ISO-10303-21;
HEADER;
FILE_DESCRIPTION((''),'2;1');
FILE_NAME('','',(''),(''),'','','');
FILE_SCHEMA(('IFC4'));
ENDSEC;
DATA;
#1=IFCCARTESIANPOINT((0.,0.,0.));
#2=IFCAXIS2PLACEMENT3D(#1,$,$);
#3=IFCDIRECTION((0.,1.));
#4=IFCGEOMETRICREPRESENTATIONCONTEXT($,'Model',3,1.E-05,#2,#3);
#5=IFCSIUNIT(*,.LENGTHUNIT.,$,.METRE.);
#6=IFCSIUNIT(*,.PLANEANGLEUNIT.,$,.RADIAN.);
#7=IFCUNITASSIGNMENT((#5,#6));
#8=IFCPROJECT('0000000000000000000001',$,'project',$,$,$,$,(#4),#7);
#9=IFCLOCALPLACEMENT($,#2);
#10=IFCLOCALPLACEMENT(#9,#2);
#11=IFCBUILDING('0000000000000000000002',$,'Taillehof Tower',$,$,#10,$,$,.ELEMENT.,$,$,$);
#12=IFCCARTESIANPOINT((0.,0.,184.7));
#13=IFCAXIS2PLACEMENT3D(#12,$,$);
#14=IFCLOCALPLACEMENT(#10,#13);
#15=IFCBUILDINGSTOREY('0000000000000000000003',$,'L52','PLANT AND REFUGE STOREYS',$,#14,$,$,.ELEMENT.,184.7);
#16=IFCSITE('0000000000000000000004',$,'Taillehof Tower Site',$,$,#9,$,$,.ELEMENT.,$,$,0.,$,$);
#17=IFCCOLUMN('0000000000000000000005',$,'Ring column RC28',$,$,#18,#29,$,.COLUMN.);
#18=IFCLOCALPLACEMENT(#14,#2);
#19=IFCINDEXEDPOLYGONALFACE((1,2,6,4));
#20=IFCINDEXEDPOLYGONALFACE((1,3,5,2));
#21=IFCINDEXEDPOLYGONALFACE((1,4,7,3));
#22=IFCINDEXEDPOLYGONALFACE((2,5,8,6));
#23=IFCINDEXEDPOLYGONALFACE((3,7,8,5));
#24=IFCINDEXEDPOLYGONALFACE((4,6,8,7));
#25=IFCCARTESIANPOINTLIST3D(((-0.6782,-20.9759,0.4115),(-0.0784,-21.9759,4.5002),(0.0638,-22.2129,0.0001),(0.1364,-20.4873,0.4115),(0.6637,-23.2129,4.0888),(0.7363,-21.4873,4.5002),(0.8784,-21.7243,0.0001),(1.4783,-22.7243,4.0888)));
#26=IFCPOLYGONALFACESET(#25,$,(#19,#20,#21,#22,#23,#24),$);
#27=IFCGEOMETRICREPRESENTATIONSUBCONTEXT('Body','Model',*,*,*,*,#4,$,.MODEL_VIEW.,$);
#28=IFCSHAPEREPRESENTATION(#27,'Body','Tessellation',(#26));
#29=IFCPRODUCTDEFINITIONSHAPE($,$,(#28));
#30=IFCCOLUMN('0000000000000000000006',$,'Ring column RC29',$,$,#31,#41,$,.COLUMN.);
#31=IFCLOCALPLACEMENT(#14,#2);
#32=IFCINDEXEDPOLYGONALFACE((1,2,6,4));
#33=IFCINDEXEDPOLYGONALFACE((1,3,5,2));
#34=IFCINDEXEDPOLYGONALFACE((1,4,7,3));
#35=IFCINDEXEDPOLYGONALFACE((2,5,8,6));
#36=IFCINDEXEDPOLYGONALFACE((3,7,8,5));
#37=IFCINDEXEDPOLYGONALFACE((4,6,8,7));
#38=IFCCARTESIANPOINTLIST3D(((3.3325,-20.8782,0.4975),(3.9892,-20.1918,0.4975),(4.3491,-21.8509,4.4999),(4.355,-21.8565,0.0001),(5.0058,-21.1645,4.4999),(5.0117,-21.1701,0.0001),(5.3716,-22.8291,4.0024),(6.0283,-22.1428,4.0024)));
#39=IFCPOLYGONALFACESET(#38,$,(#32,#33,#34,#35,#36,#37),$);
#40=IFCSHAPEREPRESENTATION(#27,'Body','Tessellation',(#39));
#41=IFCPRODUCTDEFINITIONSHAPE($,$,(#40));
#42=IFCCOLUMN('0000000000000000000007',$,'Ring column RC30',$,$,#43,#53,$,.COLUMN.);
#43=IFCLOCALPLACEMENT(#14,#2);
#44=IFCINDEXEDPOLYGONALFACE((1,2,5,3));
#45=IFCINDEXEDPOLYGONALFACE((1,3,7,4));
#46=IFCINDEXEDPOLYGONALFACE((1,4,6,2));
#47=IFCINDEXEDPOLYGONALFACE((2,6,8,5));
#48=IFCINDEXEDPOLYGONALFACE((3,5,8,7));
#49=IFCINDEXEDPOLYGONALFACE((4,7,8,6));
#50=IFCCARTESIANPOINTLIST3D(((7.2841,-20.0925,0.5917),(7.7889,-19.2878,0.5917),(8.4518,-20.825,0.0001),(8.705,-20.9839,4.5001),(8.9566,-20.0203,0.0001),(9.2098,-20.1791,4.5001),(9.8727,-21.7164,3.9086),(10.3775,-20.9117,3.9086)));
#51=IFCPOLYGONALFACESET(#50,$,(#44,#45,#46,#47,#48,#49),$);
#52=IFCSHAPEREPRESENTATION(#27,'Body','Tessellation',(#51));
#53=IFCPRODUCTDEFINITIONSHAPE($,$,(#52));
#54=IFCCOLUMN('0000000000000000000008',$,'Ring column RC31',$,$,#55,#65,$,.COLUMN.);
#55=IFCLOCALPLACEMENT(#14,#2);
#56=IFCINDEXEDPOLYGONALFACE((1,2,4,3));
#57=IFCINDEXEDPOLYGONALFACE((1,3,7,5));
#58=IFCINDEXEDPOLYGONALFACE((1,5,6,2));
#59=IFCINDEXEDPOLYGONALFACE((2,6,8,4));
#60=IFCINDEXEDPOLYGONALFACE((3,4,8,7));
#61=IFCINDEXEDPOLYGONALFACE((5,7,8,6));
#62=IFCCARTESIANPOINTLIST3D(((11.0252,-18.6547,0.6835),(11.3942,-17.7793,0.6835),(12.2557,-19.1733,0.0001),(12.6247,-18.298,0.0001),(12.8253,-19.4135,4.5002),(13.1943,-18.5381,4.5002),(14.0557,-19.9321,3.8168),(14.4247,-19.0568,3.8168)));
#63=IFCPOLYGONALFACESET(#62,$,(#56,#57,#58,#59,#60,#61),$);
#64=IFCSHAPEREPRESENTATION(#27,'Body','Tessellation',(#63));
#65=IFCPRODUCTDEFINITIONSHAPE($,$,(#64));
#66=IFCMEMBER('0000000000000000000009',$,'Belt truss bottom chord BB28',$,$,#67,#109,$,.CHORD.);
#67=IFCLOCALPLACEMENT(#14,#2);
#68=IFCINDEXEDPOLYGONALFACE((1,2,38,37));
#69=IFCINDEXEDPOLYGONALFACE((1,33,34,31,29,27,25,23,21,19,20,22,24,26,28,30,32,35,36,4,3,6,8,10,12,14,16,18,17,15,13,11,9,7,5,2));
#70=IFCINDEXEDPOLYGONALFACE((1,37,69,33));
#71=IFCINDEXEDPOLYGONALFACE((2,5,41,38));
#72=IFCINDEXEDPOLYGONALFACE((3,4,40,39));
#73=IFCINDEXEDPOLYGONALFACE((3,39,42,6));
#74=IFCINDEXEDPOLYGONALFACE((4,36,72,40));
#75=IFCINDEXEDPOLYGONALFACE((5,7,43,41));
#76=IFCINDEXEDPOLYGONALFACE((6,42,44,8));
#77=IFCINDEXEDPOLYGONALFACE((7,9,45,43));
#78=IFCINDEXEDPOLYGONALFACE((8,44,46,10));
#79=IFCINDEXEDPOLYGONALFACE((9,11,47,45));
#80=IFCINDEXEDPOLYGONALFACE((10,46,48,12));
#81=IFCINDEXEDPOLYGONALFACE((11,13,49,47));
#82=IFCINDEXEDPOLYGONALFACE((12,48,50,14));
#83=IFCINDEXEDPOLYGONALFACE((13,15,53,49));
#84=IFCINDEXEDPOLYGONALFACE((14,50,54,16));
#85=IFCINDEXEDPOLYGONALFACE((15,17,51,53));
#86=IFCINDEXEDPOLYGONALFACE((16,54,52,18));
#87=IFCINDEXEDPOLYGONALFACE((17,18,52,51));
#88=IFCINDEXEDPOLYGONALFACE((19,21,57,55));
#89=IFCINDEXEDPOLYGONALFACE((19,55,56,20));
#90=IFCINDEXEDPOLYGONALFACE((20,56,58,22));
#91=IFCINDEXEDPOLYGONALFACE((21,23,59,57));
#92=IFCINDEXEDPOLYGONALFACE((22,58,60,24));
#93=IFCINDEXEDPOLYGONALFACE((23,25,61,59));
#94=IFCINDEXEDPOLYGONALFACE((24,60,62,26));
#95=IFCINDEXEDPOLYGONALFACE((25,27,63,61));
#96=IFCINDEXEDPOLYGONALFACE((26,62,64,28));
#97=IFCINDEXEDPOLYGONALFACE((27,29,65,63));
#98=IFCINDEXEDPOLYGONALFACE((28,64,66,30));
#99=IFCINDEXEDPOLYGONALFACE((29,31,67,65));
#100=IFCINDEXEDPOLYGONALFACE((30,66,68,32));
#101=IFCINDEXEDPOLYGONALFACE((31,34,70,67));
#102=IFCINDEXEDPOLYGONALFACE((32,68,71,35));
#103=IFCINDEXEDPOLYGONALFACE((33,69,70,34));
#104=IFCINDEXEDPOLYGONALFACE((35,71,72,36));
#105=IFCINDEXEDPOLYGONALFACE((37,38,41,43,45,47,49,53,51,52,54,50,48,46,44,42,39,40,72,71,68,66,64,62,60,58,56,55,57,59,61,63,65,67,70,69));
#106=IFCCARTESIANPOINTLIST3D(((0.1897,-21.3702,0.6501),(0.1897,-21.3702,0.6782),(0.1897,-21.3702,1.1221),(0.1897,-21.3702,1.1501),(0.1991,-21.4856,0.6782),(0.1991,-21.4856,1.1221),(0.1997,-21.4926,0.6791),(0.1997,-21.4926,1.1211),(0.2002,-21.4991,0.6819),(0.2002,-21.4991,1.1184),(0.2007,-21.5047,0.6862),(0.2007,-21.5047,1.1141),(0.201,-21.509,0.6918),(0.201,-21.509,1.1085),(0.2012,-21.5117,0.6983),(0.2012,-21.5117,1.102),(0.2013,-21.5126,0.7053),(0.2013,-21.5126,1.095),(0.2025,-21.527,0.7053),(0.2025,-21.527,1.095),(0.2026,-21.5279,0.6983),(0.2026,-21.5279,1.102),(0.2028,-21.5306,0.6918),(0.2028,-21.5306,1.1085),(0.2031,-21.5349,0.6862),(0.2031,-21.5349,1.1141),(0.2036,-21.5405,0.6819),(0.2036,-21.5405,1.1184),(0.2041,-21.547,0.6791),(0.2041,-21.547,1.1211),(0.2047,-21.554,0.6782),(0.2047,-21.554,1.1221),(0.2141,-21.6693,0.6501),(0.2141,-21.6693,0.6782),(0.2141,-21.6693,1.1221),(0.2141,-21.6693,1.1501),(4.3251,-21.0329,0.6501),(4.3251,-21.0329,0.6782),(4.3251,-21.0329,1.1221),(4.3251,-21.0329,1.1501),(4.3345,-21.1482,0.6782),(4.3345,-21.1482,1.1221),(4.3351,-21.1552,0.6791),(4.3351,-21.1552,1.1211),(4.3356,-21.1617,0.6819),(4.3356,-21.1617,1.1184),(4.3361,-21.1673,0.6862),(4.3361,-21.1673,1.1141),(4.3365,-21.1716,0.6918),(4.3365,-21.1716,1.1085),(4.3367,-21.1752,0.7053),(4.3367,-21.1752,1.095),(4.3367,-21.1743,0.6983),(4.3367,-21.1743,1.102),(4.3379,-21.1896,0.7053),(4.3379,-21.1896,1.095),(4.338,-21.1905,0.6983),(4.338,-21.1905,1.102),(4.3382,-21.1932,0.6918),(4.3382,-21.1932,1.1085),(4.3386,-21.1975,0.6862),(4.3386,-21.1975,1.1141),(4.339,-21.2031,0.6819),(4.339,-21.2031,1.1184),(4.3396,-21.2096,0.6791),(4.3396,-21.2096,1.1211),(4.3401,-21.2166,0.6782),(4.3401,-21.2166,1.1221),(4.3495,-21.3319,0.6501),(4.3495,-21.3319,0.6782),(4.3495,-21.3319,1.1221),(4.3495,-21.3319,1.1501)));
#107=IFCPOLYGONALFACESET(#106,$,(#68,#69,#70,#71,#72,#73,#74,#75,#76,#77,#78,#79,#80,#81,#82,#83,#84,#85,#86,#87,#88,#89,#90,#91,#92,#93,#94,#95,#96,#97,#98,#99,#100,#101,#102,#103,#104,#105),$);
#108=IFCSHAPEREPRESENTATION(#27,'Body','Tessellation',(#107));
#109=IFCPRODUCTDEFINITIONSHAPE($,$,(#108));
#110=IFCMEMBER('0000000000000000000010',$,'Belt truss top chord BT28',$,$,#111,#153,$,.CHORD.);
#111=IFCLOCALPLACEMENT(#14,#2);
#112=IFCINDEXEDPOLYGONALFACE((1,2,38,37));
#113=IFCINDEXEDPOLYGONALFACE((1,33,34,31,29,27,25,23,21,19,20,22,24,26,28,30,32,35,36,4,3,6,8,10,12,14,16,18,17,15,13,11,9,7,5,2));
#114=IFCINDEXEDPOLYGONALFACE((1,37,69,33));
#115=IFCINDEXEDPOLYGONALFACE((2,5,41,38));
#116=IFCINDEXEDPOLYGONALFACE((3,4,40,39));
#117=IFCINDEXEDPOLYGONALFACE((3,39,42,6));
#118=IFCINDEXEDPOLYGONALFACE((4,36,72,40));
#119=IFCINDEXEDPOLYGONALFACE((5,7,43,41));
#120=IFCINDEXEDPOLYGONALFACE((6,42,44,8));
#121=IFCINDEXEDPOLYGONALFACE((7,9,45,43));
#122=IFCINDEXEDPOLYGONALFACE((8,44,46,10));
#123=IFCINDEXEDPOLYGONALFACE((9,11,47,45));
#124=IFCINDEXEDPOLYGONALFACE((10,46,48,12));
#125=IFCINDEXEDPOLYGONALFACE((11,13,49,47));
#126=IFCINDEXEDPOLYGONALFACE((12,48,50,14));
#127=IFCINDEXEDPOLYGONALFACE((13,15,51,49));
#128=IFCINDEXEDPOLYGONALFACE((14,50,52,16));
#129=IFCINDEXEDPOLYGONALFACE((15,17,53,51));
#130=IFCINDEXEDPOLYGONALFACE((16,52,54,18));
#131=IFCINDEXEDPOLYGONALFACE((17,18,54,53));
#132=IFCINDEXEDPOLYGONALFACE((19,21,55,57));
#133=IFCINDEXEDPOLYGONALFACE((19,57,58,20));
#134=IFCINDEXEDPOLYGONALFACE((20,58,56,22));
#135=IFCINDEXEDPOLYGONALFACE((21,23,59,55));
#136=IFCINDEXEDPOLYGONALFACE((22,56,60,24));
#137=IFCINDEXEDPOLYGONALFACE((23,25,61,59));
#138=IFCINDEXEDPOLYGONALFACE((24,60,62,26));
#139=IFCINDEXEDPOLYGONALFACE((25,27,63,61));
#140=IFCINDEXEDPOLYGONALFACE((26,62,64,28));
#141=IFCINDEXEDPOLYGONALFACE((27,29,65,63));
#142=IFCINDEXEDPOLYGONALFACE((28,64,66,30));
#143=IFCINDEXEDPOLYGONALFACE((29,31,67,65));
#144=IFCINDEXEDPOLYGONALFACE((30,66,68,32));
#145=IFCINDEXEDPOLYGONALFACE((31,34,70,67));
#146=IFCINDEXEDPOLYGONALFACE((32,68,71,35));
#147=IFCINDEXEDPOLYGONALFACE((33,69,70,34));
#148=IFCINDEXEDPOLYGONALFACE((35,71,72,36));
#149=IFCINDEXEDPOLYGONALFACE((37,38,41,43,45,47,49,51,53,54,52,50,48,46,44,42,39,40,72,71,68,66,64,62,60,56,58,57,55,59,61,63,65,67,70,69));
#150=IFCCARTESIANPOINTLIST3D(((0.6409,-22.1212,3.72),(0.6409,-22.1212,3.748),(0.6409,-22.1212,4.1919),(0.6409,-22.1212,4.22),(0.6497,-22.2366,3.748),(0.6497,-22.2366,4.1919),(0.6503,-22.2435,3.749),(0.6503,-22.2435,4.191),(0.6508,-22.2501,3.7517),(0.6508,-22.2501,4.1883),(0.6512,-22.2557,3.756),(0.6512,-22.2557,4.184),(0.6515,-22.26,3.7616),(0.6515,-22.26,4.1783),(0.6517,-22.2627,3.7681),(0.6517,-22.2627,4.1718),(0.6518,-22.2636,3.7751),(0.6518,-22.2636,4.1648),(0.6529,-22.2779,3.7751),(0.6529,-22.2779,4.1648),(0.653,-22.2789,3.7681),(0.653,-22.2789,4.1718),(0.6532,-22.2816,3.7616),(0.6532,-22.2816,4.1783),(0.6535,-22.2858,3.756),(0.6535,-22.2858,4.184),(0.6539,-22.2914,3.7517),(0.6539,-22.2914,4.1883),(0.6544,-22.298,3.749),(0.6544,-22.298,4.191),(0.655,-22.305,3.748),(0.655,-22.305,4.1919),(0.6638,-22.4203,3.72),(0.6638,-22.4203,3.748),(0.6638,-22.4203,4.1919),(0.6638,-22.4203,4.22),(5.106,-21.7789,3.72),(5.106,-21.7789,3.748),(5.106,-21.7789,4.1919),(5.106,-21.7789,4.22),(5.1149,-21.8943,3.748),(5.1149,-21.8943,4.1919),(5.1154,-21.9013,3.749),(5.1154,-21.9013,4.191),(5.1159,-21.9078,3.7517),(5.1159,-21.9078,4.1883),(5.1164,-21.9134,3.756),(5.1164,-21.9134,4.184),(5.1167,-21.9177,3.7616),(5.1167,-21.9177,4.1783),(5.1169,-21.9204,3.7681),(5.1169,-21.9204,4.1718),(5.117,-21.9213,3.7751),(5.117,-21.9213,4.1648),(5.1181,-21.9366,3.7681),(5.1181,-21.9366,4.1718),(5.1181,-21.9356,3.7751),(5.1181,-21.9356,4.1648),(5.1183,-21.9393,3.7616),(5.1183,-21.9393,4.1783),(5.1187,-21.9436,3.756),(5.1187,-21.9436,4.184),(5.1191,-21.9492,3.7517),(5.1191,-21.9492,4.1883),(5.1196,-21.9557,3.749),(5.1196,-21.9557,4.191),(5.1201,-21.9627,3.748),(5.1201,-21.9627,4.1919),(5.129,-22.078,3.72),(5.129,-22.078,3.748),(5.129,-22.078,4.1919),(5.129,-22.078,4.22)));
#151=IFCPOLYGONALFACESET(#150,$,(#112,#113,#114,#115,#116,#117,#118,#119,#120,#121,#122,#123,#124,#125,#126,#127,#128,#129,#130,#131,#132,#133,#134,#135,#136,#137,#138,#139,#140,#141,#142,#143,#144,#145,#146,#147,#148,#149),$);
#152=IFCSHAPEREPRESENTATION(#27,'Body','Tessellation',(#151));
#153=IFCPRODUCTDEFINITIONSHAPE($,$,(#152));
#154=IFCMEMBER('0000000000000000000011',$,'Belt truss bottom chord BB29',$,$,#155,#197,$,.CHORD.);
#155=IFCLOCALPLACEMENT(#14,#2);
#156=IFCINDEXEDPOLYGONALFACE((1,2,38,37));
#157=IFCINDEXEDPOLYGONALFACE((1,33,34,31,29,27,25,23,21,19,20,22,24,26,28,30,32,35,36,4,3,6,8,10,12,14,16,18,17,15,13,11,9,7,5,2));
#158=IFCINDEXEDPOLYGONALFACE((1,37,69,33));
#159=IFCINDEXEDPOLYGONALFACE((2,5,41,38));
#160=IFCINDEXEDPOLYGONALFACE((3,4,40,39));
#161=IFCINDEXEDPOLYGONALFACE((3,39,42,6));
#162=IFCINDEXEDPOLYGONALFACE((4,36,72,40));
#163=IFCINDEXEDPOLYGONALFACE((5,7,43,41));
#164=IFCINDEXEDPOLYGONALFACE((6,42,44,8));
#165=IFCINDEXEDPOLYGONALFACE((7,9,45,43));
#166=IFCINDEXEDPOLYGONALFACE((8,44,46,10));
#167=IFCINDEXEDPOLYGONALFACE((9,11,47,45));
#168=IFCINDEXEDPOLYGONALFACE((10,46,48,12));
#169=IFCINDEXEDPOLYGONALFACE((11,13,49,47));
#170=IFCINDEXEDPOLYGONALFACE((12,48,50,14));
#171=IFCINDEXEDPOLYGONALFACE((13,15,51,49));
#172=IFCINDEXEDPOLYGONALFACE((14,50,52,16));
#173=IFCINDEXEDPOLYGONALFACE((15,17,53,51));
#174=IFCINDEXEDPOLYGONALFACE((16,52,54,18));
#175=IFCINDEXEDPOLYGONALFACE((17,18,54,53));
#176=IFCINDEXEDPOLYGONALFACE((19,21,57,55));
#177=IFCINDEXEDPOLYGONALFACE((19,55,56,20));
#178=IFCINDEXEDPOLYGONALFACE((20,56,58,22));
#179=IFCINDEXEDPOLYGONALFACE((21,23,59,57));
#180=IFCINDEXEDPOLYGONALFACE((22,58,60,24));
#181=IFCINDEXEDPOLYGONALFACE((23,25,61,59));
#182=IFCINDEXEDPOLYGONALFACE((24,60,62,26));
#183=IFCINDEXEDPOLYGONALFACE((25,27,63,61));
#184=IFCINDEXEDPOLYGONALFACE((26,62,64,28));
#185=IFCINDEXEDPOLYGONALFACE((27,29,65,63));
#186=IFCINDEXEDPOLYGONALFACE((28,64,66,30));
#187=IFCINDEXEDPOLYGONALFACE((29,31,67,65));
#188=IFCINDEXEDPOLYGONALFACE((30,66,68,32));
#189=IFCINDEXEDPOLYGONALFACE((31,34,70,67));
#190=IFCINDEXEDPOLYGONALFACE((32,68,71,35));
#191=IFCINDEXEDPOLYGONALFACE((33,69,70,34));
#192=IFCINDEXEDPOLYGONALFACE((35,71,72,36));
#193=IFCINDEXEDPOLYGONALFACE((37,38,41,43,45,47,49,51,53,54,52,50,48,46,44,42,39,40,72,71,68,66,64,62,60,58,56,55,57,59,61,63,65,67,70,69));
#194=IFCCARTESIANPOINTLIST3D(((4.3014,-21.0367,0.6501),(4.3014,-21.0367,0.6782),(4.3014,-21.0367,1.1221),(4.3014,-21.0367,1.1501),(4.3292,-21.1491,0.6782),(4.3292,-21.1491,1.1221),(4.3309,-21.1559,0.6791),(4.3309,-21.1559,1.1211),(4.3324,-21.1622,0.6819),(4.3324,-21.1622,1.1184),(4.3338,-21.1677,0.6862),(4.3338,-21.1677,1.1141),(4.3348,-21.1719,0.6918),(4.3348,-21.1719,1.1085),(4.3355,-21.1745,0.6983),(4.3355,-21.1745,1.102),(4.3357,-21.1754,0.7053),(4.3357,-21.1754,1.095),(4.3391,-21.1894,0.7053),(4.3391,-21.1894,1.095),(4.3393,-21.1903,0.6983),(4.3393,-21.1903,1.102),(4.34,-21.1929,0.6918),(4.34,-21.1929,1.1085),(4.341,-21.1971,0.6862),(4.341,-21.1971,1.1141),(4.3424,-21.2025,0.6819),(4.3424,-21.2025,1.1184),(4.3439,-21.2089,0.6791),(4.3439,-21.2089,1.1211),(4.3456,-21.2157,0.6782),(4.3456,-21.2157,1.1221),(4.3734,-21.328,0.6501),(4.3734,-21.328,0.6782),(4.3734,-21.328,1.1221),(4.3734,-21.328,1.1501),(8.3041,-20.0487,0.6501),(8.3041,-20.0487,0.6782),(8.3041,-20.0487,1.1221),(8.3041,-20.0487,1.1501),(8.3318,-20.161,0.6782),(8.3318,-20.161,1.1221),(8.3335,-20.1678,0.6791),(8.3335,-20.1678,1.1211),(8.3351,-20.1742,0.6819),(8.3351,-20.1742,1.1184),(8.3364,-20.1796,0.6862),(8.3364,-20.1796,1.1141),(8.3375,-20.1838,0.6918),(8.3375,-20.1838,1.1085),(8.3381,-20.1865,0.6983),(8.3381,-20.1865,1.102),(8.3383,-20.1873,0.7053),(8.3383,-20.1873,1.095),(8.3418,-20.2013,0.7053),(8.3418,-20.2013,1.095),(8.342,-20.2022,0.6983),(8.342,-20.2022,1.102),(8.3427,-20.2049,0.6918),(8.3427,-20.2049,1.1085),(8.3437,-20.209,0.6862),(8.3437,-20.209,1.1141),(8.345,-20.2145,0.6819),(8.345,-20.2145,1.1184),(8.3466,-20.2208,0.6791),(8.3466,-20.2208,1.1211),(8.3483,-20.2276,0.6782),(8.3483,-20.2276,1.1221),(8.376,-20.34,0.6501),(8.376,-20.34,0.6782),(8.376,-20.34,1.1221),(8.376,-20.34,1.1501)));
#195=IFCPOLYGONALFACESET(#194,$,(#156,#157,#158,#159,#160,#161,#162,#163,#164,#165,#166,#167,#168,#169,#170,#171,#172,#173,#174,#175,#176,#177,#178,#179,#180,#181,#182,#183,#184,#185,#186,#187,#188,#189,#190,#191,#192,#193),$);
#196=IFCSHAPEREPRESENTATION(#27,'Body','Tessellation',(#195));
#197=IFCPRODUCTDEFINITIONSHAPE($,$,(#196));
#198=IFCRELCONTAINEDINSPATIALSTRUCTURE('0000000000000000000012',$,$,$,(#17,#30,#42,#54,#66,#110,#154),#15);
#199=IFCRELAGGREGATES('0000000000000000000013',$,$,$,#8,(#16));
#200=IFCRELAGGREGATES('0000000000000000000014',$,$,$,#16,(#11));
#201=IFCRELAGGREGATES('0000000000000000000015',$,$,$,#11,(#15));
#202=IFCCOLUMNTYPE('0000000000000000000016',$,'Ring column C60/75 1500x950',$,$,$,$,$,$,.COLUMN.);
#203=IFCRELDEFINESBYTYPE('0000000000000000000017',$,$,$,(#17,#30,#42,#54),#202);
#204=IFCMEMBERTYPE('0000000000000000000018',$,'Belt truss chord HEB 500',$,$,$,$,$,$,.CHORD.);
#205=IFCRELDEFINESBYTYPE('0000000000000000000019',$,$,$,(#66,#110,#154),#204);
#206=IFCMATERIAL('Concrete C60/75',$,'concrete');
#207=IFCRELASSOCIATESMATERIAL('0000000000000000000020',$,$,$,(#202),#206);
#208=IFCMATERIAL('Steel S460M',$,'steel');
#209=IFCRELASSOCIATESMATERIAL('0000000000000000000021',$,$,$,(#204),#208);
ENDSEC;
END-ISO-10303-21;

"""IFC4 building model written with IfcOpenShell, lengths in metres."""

from ifc_helpers import new_model, si_unit, direction, frame, origin, origin_2d, place, context, subcontext, project, spatial, rectangle, i_section, extrude, material, material_profile, profile_set, type_object, element, save


model = new_model("IFC4")

# Units and contexts
model_context = context("Model", 3, precision=1e-05, world=origin(), true_north=direction((0.0, 1.0)))
body_context = subcontext(model_context, "Body", "Model", "MODEL_VIEW")
ifc_project = project(units=[si_unit("LENGTHUNIT", "METRE"), si_unit("PLANEANGLEUNIT", "RADIAN")], contexts=[model_context])

# Site, building, storey
site_placement = place(None, origin())
site = spatial("IfcSite", under=ifc_project, at=site_placement, Name="Taillehof Tower Site", CompositionType="ELEMENT", RefElevation=0.0)
building_placement = place(site_placement, origin())
building = spatial("IfcBuilding", under=site, at=building_placement, Name="Taillehof Tower", CompositionType="ELEMENT")
storey_placement = place(building_placement, frame((0.0, 0.0, 184.7)))
storey = spatial("IfcBuildingStorey", under=building, at=storey_placement, Name="L52", Description="PLANT AND REFUGE STOREYS", CompositionType="ELEMENT", Elevation=184.7)

# Columns
ifc_material_1 = material(Name="Concrete C60/75", Category="concrete")
ifc_material_profile_1 = material_profile(ifc_material_1, rectangle(XDim=1.5, YDim=0.95, at=origin_2d()), Name="RC 1500x950")
ifc_profile_set_1 = profile_set([ifc_material_profile_1], Name="Concrete C60/75")
column_type = type_object("IfcColumnType", Name="Ring column C60/75 1500x950", PredefinedType="COLUMN", material=ifc_profile_set_1)
column_1_placement = place(storey_placement, frame((0.1001, -21.3501, 0.2058), z_axis=(0.141087, -0.235202, 0.961652), x_axis=(-0.494677, 0.824663, 0.274272)))
element("IfcColumn", 1, at=column_1_placement, inside=storey, type_object=column_type, Name="Ring column RC28", PredefinedType="COLUMN", context=body_context, shape_type="SweptSolid", body=[
    extrude(rectangle(XDim=1.5, YDim=0.95, at=origin_2d()), origin(), (0.0, 0.0, 1.0), 4.2517),
])
column_2_placement = place(storey_placement, frame((4.1721, -21.0242, 0.2488), z_axis=(0.239621, -0.229263, 0.943409), x_axis=(-0.681661, 0.652195, 0.331632)))
element("IfcColumn", 2, at=column_2_placement, inside=storey, type_object=column_type, Name="Ring column RC29", PredefinedType="COLUMN", context=body_context, shape_type="SweptSolid", body=[
    extrude(rectangle(XDim=1.5, YDim=0.95, at=origin_2d()), origin(), (0.0, 0.0, 1.0), 4.2424),
])
column_3_placement = place(storey_placement, frame((8.1204, -20.0564, 0.2959), z_axis=(0.33408, -0.209575, 0.91895), x_axis=(-0.778455, 0.48834, 0.394374)))
element("IfcColumn", 3, at=column_3_placement, inside=storey, type_object=column_type, Name="Ring column RC30", PredefinedType="COLUMN", context=body_context, shape_type="SweptSolid", body=[
    extrude(rectangle(XDim=1.5, YDim=0.95, at=origin_2d()), origin(), (0.0, 0.0, 1.0), 4.2532),
])
column_4_placement = place(storey_placement, frame((11.825, -18.4763, 0.3418), z_axis=(0.419835, -0.176977, 0.890178), x_axis=(-0.820277, 0.345778, 0.455612)))
element("IfcColumn", 4, at=column_4_placement, inside=storey, type_object=column_type, Name="Ring column RC31", PredefinedType="COLUMN", context=body_context, shape_type="SweptSolid", body=[
    extrude(rectangle(XDim=1.5, YDim=0.95, at=origin_2d()), origin(), (0.0, 0.0, 1.0), 4.2876),
])

# Members
ifc_material_2 = material(Name="Steel S460M", Category="steel")
ifc_material_profile_2 = material_profile(ifc_material_2, i_section(OverallWidth=0.3, OverallDepth=0.5, WebThickness=0.0144, FlangeThickness=0.0281, FilletRadius=0.0271, at=origin_2d()), Name="HEB 500")
ifc_profile_set_2 = profile_set([ifc_material_profile_2], Name="Steel S460M")
member_type_1 = type_object("IfcMemberType", Name="Belt truss chord HEB 500", PredefinedType="CHORD", material=ifc_profile_set_2)
member_1_placement = place(storey_placement, frame((0.2019, -21.5198, 0.9001), z_axis=(0.996688, 0.081317, 0.0), x_axis=(-0.081317, 0.996688, 0.0)))
element("IfcMember", 5, at=member_1_placement, inside=storey, type_object=member_type_1, Name="Belt truss bottom chord BB28", PredefinedType="CHORD", context=body_context, shape_type="SweptSolid", body=[
    extrude(i_section(OverallWidth=0.3, OverallDepth=0.5, WebThickness=0.0144, FlangeThickness=0.0281, FilletRadius=0.0271, at=origin_2d()), origin(), (0.0, 0.0, 1.0), 4.1492),
])
member_2_placement = place(storey_placement, frame((0.6523, -22.2708, 3.97), z_axis=(0.997075, 0.076434, 0.0), x_axis=(-0.076434, 0.997075, 0.0)))
element("IfcMember", 6, at=member_2_placement, inside=storey, type_object=member_type_1, Name="Belt truss top chord BT28", PredefinedType="CHORD", context=body_context, shape_type="SweptSolid", body=[
    extrude(i_section(OverallWidth=0.3, OverallDepth=0.5, WebThickness=0.0144, FlangeThickness=0.0281, FilletRadius=0.0271, at=origin_2d()), origin(), (0.0, 0.0, 1.0), 4.4783),
])
member_3_placement = place(storey_placement, frame((4.3374, -21.1824, 0.9001), z_axis=(0.970859, 0.23965, 0.0), x_axis=(-0.23965, 0.970859, 0.0)))
element("IfcMember", 7, at=member_3_placement, inside=storey, type_object=member_type_1, Name="Belt truss bottom chord BB29", PredefinedType="CHORD", context=body_context, shape_type="SweptSolid", body=[
    extrude(i_section(OverallWidth=0.3, OverallDepth=0.5, WebThickness=0.0144, FlangeThickness=0.0281, FilletRadius=0.0271, at=origin_2d()), origin(), (0.0, 0.0, 1.0), 4.1228),
])

save(model, "model.ifc")
